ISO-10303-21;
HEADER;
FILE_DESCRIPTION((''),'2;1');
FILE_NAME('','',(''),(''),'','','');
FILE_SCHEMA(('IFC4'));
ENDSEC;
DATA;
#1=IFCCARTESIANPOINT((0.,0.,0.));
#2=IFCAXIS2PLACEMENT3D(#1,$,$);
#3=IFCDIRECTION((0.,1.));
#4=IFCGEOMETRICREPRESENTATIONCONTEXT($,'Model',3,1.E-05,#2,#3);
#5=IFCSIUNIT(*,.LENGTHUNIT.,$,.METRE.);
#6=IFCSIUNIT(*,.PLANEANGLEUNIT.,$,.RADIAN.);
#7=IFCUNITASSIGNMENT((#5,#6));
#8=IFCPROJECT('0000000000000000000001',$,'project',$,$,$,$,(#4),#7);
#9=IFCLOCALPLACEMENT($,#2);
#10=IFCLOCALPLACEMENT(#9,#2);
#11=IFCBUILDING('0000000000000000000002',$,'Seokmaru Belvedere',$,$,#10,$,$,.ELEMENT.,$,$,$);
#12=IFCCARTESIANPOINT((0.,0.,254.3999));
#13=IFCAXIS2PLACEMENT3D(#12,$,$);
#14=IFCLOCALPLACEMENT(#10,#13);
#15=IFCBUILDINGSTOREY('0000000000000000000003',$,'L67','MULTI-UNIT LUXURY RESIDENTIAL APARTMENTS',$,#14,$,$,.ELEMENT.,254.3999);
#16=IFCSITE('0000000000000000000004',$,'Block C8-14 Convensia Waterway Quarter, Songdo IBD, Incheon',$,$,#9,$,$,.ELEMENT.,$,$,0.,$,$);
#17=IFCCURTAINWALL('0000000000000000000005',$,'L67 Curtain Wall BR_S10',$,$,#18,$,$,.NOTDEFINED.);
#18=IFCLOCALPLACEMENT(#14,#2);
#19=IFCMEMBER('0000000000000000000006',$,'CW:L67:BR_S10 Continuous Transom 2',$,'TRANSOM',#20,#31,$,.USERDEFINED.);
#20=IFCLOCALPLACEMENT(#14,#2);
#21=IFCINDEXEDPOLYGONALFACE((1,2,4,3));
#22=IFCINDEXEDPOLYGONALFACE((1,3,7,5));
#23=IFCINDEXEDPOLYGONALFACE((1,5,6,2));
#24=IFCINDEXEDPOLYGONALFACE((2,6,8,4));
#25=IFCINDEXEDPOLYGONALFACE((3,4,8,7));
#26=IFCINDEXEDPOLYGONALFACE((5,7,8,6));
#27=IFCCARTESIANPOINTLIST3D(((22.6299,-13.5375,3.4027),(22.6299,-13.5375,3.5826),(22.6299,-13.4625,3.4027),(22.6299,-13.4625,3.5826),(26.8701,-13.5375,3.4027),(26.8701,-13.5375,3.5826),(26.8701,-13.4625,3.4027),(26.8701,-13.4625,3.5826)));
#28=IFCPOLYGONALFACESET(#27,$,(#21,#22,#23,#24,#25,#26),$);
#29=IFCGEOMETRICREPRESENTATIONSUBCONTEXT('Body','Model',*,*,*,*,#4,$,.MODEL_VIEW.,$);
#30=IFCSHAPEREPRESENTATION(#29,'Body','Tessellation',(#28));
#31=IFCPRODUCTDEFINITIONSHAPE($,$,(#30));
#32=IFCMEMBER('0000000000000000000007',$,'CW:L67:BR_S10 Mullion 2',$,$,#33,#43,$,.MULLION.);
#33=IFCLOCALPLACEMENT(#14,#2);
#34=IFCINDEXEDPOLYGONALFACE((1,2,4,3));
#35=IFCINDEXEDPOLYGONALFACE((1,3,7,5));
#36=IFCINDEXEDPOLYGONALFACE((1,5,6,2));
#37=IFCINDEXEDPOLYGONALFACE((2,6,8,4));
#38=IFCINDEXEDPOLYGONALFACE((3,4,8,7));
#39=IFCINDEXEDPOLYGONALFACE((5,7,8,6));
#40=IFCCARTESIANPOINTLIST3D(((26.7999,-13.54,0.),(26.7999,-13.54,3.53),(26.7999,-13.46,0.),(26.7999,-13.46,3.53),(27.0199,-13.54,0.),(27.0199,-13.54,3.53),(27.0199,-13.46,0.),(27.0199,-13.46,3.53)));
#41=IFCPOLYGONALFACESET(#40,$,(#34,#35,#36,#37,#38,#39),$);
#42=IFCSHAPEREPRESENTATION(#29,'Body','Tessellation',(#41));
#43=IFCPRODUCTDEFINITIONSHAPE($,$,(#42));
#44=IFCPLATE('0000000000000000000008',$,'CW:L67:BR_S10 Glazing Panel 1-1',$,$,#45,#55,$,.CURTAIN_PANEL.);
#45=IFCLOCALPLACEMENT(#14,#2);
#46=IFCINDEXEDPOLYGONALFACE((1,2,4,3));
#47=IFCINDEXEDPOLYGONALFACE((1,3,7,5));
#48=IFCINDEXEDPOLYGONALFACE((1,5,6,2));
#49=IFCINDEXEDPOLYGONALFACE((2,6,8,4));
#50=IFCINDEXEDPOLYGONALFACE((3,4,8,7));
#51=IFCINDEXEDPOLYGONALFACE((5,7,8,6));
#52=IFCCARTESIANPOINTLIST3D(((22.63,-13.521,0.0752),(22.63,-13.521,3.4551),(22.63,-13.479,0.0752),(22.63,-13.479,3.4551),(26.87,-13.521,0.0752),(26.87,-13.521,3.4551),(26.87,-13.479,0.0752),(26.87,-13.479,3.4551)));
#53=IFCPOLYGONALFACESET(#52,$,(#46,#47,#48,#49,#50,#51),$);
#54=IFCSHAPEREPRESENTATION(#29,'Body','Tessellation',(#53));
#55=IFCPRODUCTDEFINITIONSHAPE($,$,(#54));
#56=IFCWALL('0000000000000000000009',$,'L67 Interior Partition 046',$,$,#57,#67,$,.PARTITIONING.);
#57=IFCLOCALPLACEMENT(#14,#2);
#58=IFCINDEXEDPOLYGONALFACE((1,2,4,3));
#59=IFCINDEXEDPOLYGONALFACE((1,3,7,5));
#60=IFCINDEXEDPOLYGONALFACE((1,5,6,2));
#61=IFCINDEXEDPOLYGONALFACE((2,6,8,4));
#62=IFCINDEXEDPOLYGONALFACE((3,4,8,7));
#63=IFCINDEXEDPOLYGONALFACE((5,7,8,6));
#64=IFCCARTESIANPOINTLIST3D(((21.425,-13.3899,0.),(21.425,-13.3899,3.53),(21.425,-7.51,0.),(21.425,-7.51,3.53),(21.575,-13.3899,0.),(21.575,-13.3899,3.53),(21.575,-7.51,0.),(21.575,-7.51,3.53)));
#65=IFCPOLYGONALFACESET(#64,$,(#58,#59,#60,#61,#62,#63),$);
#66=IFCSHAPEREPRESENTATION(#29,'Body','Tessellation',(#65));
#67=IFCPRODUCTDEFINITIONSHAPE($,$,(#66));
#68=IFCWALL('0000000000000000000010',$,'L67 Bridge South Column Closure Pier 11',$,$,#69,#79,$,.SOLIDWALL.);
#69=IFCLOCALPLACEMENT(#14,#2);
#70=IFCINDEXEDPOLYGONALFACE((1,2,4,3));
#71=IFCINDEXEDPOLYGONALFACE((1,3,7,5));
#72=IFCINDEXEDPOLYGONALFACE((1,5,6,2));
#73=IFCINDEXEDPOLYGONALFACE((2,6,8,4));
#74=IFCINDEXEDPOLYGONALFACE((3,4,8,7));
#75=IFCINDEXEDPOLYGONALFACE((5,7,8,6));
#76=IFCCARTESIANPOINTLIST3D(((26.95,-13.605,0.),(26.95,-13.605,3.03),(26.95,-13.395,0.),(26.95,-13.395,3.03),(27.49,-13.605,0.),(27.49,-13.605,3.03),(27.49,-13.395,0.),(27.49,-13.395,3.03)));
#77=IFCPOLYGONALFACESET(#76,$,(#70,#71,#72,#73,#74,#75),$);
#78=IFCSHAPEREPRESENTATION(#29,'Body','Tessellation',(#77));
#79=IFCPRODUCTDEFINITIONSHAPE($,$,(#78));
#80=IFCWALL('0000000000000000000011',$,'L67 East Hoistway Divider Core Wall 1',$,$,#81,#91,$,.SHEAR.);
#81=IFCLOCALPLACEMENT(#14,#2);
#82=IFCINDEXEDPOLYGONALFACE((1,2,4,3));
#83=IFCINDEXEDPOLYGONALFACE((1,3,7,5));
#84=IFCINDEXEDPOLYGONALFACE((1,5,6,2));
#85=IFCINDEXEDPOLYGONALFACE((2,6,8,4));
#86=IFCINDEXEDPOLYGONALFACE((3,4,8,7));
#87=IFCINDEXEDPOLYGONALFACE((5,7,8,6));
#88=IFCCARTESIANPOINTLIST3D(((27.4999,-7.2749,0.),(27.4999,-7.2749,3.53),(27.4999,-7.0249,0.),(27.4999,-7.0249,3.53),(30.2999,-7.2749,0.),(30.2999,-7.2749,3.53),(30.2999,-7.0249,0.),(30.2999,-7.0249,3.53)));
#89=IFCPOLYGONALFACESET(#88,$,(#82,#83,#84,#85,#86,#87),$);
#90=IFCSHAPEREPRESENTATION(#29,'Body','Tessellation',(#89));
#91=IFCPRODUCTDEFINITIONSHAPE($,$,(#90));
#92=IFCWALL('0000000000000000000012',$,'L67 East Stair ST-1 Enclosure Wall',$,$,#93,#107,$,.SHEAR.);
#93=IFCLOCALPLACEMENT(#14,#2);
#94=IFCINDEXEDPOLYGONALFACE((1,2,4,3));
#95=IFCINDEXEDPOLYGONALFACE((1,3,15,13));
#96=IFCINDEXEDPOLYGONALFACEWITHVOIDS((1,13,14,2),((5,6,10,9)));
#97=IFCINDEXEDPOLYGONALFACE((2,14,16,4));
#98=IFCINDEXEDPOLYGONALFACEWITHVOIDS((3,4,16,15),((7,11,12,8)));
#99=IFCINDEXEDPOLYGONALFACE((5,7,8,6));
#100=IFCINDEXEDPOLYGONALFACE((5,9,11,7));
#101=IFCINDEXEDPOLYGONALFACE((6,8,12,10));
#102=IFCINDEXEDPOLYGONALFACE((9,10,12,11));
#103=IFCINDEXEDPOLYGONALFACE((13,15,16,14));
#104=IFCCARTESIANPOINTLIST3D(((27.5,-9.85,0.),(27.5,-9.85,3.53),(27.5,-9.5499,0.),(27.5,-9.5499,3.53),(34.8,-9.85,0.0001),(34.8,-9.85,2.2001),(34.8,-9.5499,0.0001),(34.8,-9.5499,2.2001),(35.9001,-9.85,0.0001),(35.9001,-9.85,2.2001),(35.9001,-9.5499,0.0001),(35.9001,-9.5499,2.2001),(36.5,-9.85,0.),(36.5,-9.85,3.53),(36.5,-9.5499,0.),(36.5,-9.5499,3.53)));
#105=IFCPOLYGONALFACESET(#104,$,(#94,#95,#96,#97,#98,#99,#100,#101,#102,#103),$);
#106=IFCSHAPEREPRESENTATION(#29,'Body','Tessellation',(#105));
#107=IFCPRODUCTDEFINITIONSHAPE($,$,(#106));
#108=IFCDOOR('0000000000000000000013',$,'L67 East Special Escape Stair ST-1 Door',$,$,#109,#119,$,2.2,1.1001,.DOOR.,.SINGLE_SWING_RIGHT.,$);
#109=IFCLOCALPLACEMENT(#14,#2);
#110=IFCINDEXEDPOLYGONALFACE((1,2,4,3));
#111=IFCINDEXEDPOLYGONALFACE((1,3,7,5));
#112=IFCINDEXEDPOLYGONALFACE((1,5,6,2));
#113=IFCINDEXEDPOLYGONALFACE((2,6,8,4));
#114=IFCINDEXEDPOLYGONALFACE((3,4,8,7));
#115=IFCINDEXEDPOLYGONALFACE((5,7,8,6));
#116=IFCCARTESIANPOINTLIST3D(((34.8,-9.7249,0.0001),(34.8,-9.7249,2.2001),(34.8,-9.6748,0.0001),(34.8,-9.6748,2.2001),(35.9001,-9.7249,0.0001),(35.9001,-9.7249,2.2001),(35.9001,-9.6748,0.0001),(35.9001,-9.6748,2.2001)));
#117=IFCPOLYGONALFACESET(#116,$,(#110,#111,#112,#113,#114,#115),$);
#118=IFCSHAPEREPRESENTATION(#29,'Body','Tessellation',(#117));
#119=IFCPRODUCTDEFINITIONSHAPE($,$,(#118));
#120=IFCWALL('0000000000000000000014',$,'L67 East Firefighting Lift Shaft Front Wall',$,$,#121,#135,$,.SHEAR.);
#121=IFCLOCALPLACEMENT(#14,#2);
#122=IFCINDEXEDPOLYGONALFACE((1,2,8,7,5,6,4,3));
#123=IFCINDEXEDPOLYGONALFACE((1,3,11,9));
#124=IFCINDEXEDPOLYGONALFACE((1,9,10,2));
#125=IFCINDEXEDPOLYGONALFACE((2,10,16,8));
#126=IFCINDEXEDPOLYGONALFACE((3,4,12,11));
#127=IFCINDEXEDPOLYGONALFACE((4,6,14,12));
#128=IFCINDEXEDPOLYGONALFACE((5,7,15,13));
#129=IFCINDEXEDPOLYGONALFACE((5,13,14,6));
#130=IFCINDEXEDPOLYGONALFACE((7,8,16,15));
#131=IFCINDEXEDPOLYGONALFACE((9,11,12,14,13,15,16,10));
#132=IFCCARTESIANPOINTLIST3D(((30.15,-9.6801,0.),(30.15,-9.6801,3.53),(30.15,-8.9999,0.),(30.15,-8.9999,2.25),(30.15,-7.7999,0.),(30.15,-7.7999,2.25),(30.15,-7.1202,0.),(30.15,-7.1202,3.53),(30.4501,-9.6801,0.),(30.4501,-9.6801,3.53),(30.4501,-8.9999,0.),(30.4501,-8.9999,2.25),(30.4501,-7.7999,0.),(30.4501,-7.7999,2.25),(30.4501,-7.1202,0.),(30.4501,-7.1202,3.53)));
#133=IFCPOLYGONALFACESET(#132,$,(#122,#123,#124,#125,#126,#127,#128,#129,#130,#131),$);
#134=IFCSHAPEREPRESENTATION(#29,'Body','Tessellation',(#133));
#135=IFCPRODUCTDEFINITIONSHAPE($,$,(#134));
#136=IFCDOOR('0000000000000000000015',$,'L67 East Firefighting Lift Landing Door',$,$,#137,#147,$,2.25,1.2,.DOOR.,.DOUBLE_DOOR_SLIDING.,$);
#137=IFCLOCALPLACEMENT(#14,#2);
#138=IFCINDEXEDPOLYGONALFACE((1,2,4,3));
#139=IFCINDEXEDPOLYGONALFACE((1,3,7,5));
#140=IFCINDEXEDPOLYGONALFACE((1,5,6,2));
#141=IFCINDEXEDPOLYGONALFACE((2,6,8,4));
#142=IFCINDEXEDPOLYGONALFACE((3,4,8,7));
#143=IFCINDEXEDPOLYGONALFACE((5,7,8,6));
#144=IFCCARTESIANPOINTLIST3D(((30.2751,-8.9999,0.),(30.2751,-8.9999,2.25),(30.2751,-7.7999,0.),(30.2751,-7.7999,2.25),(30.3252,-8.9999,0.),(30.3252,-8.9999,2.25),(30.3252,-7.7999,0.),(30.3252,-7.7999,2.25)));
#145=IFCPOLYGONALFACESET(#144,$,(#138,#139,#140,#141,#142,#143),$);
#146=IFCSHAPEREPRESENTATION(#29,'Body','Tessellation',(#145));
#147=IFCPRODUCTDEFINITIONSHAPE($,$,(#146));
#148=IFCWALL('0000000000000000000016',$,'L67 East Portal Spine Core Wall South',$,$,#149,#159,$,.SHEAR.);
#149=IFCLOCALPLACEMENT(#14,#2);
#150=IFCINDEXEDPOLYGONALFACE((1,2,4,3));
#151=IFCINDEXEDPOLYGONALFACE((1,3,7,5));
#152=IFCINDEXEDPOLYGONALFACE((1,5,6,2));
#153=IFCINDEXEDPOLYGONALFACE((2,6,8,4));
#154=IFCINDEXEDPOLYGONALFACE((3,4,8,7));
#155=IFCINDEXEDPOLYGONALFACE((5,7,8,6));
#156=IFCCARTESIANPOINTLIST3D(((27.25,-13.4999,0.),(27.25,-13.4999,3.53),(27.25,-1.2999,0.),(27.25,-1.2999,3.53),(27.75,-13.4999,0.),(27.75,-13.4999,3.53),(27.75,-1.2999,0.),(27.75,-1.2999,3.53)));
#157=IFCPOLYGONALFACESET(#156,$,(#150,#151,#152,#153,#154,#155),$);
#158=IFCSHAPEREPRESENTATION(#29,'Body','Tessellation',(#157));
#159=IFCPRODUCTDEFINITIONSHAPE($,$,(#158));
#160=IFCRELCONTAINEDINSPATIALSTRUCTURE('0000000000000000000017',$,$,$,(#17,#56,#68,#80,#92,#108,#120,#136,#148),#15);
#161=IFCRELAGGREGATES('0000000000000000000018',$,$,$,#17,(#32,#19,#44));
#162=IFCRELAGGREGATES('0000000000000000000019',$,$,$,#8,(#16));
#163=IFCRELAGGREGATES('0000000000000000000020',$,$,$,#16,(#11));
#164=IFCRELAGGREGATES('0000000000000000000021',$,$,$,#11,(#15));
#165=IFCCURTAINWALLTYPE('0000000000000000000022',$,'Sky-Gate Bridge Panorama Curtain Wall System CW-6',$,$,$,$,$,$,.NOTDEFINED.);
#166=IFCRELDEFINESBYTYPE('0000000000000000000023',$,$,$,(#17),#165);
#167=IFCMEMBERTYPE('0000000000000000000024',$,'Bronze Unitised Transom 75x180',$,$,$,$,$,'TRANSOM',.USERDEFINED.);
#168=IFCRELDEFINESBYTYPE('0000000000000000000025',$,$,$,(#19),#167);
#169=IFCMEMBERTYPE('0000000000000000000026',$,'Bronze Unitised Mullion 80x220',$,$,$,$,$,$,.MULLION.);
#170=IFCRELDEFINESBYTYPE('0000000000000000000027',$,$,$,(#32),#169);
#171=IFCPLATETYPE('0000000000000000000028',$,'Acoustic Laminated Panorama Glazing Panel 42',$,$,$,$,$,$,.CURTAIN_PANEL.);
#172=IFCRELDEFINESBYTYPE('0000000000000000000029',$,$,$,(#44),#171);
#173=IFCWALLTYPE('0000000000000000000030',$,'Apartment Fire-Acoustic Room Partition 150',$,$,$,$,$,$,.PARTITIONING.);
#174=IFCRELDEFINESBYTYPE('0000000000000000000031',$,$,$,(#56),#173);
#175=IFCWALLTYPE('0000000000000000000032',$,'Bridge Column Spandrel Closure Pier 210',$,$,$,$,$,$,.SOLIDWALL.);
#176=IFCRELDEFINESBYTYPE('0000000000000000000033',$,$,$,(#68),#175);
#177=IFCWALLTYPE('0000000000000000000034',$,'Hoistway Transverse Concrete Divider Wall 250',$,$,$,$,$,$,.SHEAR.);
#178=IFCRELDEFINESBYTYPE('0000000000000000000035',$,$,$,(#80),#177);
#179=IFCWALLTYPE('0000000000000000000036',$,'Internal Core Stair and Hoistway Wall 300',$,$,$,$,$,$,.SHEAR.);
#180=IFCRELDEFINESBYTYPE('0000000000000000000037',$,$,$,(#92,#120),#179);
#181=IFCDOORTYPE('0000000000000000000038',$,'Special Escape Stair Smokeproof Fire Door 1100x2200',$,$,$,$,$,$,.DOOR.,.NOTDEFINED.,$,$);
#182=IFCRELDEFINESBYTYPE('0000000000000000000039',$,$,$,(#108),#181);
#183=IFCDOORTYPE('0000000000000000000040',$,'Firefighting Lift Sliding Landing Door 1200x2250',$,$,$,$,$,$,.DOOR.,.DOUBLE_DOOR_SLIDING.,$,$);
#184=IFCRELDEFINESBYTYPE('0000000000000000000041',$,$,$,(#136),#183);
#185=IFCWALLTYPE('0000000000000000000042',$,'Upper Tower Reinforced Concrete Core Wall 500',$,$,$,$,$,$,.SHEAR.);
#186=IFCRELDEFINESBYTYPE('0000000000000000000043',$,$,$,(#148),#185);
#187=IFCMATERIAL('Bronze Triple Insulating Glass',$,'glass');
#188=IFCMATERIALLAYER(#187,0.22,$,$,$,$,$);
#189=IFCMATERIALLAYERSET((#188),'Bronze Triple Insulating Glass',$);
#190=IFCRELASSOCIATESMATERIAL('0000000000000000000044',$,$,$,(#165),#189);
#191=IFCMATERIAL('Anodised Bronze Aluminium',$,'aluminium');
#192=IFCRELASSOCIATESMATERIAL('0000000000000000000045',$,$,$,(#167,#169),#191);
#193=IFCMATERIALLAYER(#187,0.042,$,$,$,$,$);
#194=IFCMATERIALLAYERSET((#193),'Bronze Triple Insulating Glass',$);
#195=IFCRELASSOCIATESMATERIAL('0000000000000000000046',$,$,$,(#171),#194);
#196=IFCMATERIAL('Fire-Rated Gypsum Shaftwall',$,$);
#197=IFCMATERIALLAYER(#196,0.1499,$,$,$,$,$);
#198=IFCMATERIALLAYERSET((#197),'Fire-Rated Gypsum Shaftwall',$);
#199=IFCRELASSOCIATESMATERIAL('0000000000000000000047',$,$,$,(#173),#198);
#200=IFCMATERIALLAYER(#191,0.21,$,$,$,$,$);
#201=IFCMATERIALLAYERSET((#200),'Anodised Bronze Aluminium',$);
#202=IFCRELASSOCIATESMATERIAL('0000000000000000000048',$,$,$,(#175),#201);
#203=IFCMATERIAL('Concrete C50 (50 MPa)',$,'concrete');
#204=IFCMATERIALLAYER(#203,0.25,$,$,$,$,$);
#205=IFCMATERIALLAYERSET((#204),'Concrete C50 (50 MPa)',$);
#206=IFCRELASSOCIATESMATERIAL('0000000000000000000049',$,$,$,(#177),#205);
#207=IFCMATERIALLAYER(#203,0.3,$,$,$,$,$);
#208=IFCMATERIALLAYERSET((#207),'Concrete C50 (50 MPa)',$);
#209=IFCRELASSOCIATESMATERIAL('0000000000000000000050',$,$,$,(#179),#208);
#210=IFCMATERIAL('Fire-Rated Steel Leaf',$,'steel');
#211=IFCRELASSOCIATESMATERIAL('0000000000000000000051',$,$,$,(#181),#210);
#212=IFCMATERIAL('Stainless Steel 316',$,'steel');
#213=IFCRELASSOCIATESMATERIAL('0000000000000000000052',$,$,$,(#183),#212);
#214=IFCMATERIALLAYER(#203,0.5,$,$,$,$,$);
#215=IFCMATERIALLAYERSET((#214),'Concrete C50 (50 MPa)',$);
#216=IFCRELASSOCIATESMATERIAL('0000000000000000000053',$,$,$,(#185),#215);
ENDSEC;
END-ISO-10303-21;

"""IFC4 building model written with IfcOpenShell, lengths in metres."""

from ifc_helpers import new_model, si_unit, direction, frame, frame_2d, origin, origin_2d, place, context, subcontext, project, spatial, rectangle, extrude, source, transform, mapped, material, layer, layer_set, material_profile, profile_set, type_object, type_shapes, element, fill, aggregate, save


model = new_model("IFC4")

# Units and contexts
model_context = context("Model", 3, precision=1e-05, world=origin(), true_north=direction((0.0, 1.0)))
body_context = subcontext(model_context, "Body", "Model", "MODEL_VIEW")
ifc_project = project(units=[si_unit("LENGTHUNIT", "METRE"), si_unit("PLANEANGLEUNIT", "RADIAN")], contexts=[model_context])

# Site, building, storey
site_placement = place(None, origin())
site = spatial("IfcSite", under=ifc_project, at=site_placement, Name="Block C8-14 Convensia Waterway Quarter, Songdo IBD, Incheon", CompositionType="ELEMENT", RefElevation=0.0)
building_placement = place(site_placement, origin())
building = spatial("IfcBuilding", under=site, at=building_placement, Name="Seokmaru Belvedere", CompositionType="ELEMENT")
storey_placement = place(building_placement, frame((0.0, 0.0, 254.3999)))
storey = spatial("IfcBuildingStorey", under=building, at=storey_placement, Name="L67", Description="MULTI-UNIT LUXURY RESIDENTIAL APARTMENTS", CompositionType="ELEMENT", Elevation=254.3999)

# Curtain wall, members, plate
ifc_material_1 = material(Name="Bronze Triple Insulating Glass", Category="glass")
ifc_layer_1 = layer(ifc_material_1, 0.22)
ifc_layer_set_1 = layer_set([ifc_layer_1], Name="Bronze Triple Insulating Glass")
curtain_wall_type = type_object("IfcCurtainWallType", Name="Sky-Gate Bridge Panorama Curtain Wall System CW-6", PredefinedType="NOTDEFINED", material=ifc_layer_set_1)
curtain_wall_placement = place(storey_placement, origin())
curtain_wall = element("IfcCurtainWall", 1, at=curtain_wall_placement, inside=storey, type_object=curtain_wall_type, Name="L67 Curtain Wall BR_S10", PredefinedType="NOTDEFINED")
ifc_material_2 = material(Name="Anodised Bronze Aluminium", Category="aluminium")
ifc_material_profile_1 = material_profile(ifc_material_2, rectangle(XDim=0.075, YDim=0.1799, at=origin_2d()), Name="CW-T-75x180")
ifc_profile_set_1 = profile_set([ifc_material_profile_1], Name="Anodised Bronze Aluminium")
member_type_1 = type_object("IfcMemberType", Name="Bronze Unitised Transom 75x180", ElementType="TRANSOM", PredefinedType="USERDEFINED", material=ifc_profile_set_1)
shared_shape_1 = source(origin(), body_context, "Body", "SweptSolid", [
    extrude(rectangle(XDim=0.075, YDim=0.1799, at=origin_2d()), origin(), (0.0, 0.0, 1.0), 4.2402),
])
type_shapes(member_type_1, [shared_shape_1])
member_1_placement = place(storey_placement, frame((22.6299, -13.5, 3.4927), z_axis=(1.0, 0.0, 0.0), x_axis=(0.0, 1.0, 0.0)))
member_1 = element("IfcMember", 2, at=member_1_placement, type_object=member_type_1, Name="CW:L67:BR_S10 Continuous Transom 2", ObjectType="TRANSOM", PredefinedType="USERDEFINED", context=body_context, shape_type="MappedRepresentation", body=[
    mapped(shared_shape_1, transform((0.0, 0.0, 0.0), scale=1.0)),
])
ifc_material_profile_2 = material_profile(ifc_material_2, rectangle(XDim=0.0801, YDim=0.22, at=origin_2d()), Name="CW-M-80x220")
ifc_profile_set_2 = profile_set([ifc_material_profile_2], Name="Anodised Bronze Aluminium")
member_type_2 = type_object("IfcMemberType", Name="Bronze Unitised Mullion 80x220", PredefinedType="MULLION", material=ifc_profile_set_2)
shared_shape_2 = source(origin(), body_context, "Body", "SweptSolid", [
    extrude(rectangle(XDim=0.0801, YDim=0.22, at=origin_2d()), origin(), (0.0, 0.0, 1.0), 3.53),
])
type_shapes(member_type_2, [shared_shape_2])
member_2_placement = place(storey_placement, frame((26.9099, -13.5, 0.0), z_axis=(0.0, 0.0, 1.0), x_axis=(0.0, 1.0, 0.0)))
member_2 = element("IfcMember", 3, at=member_2_placement, type_object=member_type_2, Name="CW:L67:BR_S10 Mullion 2", PredefinedType="MULLION", context=body_context, shape_type="MappedRepresentation", body=[
    mapped(shared_shape_2, transform((0.0, 0.0, 0.0), scale=1.0)),
])
ifc_layer_2 = layer(ifc_material_1, 0.042)
ifc_layer_set_2 = layer_set([ifc_layer_2], Name="Bronze Triple Insulating Glass")
plate_type = type_object("IfcPlateType", Name="Acoustic Laminated Panorama Glazing Panel 42", PredefinedType="CURTAIN_PANEL", material=ifc_layer_set_2)
shared_shape_3 = source(origin(), body_context, "Body", "SweptSolid", [
    extrude(rectangle(XDim=4.24, YDim=0.042, at=origin_2d()), origin(), (0.0, 0.0, 1.0), 3.3799),
])
type_shapes(plate_type, [shared_shape_3])
plate_placement = place(storey_placement, frame((24.75, -13.5, 0.0752), z_axis=(0.0, 0.0, 1.0), x_axis=(1.0, 0.0, 0.0)))
plate = element("IfcPlate", 4, at=plate_placement, type_object=plate_type, Name="CW:L67:BR_S10 Glazing Panel 1-1", PredefinedType="CURTAIN_PANEL", context=body_context, shape_type="MappedRepresentation", body=[
    mapped(shared_shape_3, transform((0.0, 0.0, 0.0), scale=1.0)),
])
aggregate(curtain_wall, [member_2, member_1, plate])

# Walls
ifc_material_3 = material(Name="Fire-Rated Gypsum Shaftwall")
ifc_layer_3 = layer(ifc_material_3, 0.1499)
ifc_layer_set_3 = layer_set([ifc_layer_3], Name="Fire-Rated Gypsum Shaftwall")
wall_type_1 = type_object("IfcWallType", Name="Apartment Fire-Acoustic Room Partition 150", PredefinedType="PARTITIONING", material=ifc_layer_set_3)
wall_1_placement = place(storey_placement, frame((21.5, -13.3899, 0.0), z_axis=(0.0, 0.0, 1.0), x_axis=(0.0, 1.0, 0.0)))
element("IfcWall", 5, at=wall_1_placement, inside=storey, type_object=wall_type_1, Name="L67 Interior Partition 046", PredefinedType="PARTITIONING", context=body_context, shape_type="SweptSolid", body=[
    extrude(rectangle(XDim=5.8799, YDim=0.1499, at=frame_2d((2.9399, 0.0))), origin(), (0.0, 0.0, 1.0), 3.53),
])
ifc_layer_4 = layer(ifc_material_2, 0.21)
ifc_layer_set_4 = layer_set([ifc_layer_4], Name="Anodised Bronze Aluminium")
wall_type_2 = type_object("IfcWallType", Name="Bridge Column Spandrel Closure Pier 210", PredefinedType="SOLIDWALL", material=ifc_layer_set_4)
wall_2_placement = place(storey_placement, frame((26.95, -13.5, 0.0), z_axis=(0.0, 0.0, 1.0), x_axis=(1.0, 0.0, 0.0)))
element("IfcWall", 6, at=wall_2_placement, inside=storey, type_object=wall_type_2, Name="L67 Bridge South Column Closure Pier 11", PredefinedType="SOLIDWALL", context=body_context, shape_type="SweptSolid", body=[
    extrude(rectangle(XDim=0.54, YDim=0.21, at=frame_2d((0.27, 0.0))), origin(), (0.0, 0.0, 1.0), 3.03),
])

# Shared definitions
ifc_material_4 = material(Name="Fire-Rated Steel Leaf", Category="steel")

# Wall
ifc_material_5 = material(Name="Concrete C50 (50 MPa)", Category="concrete")
ifc_layer_5 = layer(ifc_material_5, 0.25)
ifc_layer_set_5 = layer_set([ifc_layer_5], Name="Concrete C50 (50 MPa)")
wall_type_3 = type_object("IfcWallType", Name="Hoistway Transverse Concrete Divider Wall 250", PredefinedType="SHEAR", material=ifc_layer_set_5)
wall_3_placement = place(storey_placement, frame((27.5, -7.1499, 0.0), z_axis=(0.0, 0.0, 1.0), x_axis=(1.0, 0.0, 0.0)))
element("IfcWall", 7, at=wall_3_placement, inside=storey, type_object=wall_type_3, Name="L67 East Hoistway Divider Core Wall 1", PredefinedType="SHEAR", context=body_context, shape_type="SweptSolid", body=[
    extrude(rectangle(XDim=2.8, YDim=0.25, at=frame_2d((1.3999, 0.0))), origin(), (0.0, 0.0, 1.0), 3.53),
])

# Walls, openings, doors
ifc_layer_6 = layer(ifc_material_5, 0.3)
ifc_layer_set_6 = layer_set([ifc_layer_6], Name="Concrete C50 (50 MPa)")
wall_type_4 = type_object("IfcWallType", Name="Internal Core Stair and Hoistway Wall 300", PredefinedType="SHEAR", material=ifc_layer_set_6)
wall_4_placement = place(storey_placement, frame((27.5, -9.7, 0.0), z_axis=(0.0, 0.0, 1.0), x_axis=(1.0, 0.0, 0.0)))
wall_4 = element("IfcWall", 8, at=wall_4_placement, inside=storey, type_object=wall_type_4, Name="L67 East Stair ST-1 Enclosure Wall", PredefinedType="SHEAR", context=body_context, shape_type="SweptSolid", body=[
    extrude(rectangle(XDim=9.0, YDim=0.3, at=frame_2d((4.5, 0.0))), origin(), (0.0, 0.0, 1.0), 3.53),
])
opening_1_placement = place(wall_4_placement, frame((7.3, 0.0, 0.0)))
opening_1 = element("IfcOpeningElement", 9, at=opening_1_placement, cuts=wall_4, PredefinedType="OPENING", context=body_context, shape_type="SweptSolid", body=[
    extrude(rectangle(XDim=1.1001, YDim=2.2, at=frame_2d((0.55, 1.1001))), frame((0.0, 0.1602, 0.0), z_axis=(0.0, -1.0, 0.0), x_axis=(1.0, 0.0, 0.0)), (0.0, 0.0, 1.0), 0.3201),
])
door_type_1 = type_object("IfcDoorType", Name="Special Escape Stair Smokeproof Fire Door 1100x2200", OperationType="NOTDEFINED", PredefinedType="DOOR", material=ifc_material_4)
shared_shape_4 = source(origin(), body_context, "Body", "SweptSolid", [
    extrude(rectangle(XDim=1.1001, YDim=2.2, at=frame_2d((0.55, 1.1001))), frame((0.0, 0.0249, 0.0), z_axis=(0.0, -1.0, 0.0), x_axis=(1.0, 0.0, 0.0)), (0.0, 0.0, 1.0), 0.05),
])
type_shapes(door_type_1, [shared_shape_4])
door_1_placement = place(opening_1_placement, frame((1.1001, 0.0, 0.0), z_axis=(0.0, 0.0, 1.0), x_axis=(-1.0, 0.0, 0.0)))
door_1 = element("IfcDoor", 10, at=door_1_placement, inside=storey, type_object=door_type_1, Name="L67 East Special Escape Stair ST-1 Door", OperationType="SINGLE_SWING_RIGHT", OverallHeight=2.2, OverallWidth=1.1001, PredefinedType="DOOR", context=body_context, shape_type="MappedRepresentation", body=[
    mapped(shared_shape_4, transform((0.0, 0.0, 0.0), scale=1.0)),
])
fill(opening_1, door_1)
wall_5_placement = place(storey_placement, frame((30.3, -9.6799, 0.0), z_axis=(0.0, 0.0, 1.0), x_axis=(0.0, 1.0, 0.0)))
wall_5 = element("IfcWall", 11, at=wall_5_placement, inside=storey, type_object=wall_type_4, Name="L67 East Firefighting Lift Shaft Front Wall", PredefinedType="SHEAR", context=body_context, shape_type="SweptSolid", body=[
    extrude(rectangle(XDim=2.5598, YDim=0.3, at=frame_2d((1.2798, 0.0))), origin(), (0.0, 0.0, 1.0), 3.53),
])
opening_2_placement = place(wall_5_placement, frame((0.6799, 0.0, 0.0)))
opening_2 = element("IfcOpeningElement", 12, at=opening_2_placement, cuts=wall_5, PredefinedType="OPENING", context=body_context, shape_type="SweptSolid", body=[
    extrude(rectangle(XDim=1.2, YDim=2.25, at=frame_2d((0.6001, 1.125))), frame((0.0, 0.1602, 0.0), z_axis=(0.0, -1.0, 0.0), x_axis=(1.0, 0.0, 0.0)), (0.0, 0.0, 1.0), 0.3201),
])
ifc_material_6 = material(Name="Stainless Steel 316", Category="steel")
door_type_2 = type_object("IfcDoorType", Name="Firefighting Lift Sliding Landing Door 1200x2250", OperationType="DOUBLE_DOOR_SLIDING", PredefinedType="DOOR", material=ifc_material_6)
shared_shape_5 = source(origin(), body_context, "Body", "SweptSolid", [
    extrude(rectangle(XDim=1.2, YDim=2.25, at=frame_2d((0.6001, 1.125))), frame((0.0, 0.0249, 0.0), z_axis=(0.0, -1.0, 0.0), x_axis=(1.0, 0.0, 0.0)), (0.0, 0.0, 1.0), 0.05),
])
type_shapes(door_type_2, [shared_shape_5])
door_2_placement = place(opening_2_placement, origin())
door_2 = element("IfcDoor", 13, at=door_2_placement, inside=storey, type_object=door_type_2, Name="L67 East Firefighting Lift Landing Door", OperationType="DOUBLE_DOOR_SLIDING", OverallHeight=2.25, OverallWidth=1.2, PredefinedType="DOOR", context=body_context, shape_type="MappedRepresentation", body=[
    mapped(shared_shape_5, transform((0.0, 0.0, 0.0), scale=1.0)),
])
fill(opening_2, door_2)

# Wall
ifc_layer_7 = layer(ifc_material_5, 0.5)
ifc_layer_set_7 = layer_set([ifc_layer_7], Name="Concrete C50 (50 MPa)")
wall_type_5 = type_object("IfcWallType", Name="Upper Tower Reinforced Concrete Core Wall 500", PredefinedType="SHEAR", material=ifc_layer_set_7)
wall_6_placement = place(storey_placement, frame((27.5, -13.5, 0.0), z_axis=(0.0, 0.0, 1.0), x_axis=(0.0, 1.0, 0.0)))
element("IfcWall", 14, at=wall_6_placement, inside=storey, type_object=wall_type_5, Name="L67 East Portal Spine Core Wall South", PredefinedType="SHEAR", context=body_context, shape_type="SweptSolid", body=[
    extrude(rectangle(XDim=12.2, YDim=0.5, at=frame_2d((6.1001, 0.0))), origin(), (0.0, 0.0, 1.0), 3.53),
])

save(model, "model.ifc")
